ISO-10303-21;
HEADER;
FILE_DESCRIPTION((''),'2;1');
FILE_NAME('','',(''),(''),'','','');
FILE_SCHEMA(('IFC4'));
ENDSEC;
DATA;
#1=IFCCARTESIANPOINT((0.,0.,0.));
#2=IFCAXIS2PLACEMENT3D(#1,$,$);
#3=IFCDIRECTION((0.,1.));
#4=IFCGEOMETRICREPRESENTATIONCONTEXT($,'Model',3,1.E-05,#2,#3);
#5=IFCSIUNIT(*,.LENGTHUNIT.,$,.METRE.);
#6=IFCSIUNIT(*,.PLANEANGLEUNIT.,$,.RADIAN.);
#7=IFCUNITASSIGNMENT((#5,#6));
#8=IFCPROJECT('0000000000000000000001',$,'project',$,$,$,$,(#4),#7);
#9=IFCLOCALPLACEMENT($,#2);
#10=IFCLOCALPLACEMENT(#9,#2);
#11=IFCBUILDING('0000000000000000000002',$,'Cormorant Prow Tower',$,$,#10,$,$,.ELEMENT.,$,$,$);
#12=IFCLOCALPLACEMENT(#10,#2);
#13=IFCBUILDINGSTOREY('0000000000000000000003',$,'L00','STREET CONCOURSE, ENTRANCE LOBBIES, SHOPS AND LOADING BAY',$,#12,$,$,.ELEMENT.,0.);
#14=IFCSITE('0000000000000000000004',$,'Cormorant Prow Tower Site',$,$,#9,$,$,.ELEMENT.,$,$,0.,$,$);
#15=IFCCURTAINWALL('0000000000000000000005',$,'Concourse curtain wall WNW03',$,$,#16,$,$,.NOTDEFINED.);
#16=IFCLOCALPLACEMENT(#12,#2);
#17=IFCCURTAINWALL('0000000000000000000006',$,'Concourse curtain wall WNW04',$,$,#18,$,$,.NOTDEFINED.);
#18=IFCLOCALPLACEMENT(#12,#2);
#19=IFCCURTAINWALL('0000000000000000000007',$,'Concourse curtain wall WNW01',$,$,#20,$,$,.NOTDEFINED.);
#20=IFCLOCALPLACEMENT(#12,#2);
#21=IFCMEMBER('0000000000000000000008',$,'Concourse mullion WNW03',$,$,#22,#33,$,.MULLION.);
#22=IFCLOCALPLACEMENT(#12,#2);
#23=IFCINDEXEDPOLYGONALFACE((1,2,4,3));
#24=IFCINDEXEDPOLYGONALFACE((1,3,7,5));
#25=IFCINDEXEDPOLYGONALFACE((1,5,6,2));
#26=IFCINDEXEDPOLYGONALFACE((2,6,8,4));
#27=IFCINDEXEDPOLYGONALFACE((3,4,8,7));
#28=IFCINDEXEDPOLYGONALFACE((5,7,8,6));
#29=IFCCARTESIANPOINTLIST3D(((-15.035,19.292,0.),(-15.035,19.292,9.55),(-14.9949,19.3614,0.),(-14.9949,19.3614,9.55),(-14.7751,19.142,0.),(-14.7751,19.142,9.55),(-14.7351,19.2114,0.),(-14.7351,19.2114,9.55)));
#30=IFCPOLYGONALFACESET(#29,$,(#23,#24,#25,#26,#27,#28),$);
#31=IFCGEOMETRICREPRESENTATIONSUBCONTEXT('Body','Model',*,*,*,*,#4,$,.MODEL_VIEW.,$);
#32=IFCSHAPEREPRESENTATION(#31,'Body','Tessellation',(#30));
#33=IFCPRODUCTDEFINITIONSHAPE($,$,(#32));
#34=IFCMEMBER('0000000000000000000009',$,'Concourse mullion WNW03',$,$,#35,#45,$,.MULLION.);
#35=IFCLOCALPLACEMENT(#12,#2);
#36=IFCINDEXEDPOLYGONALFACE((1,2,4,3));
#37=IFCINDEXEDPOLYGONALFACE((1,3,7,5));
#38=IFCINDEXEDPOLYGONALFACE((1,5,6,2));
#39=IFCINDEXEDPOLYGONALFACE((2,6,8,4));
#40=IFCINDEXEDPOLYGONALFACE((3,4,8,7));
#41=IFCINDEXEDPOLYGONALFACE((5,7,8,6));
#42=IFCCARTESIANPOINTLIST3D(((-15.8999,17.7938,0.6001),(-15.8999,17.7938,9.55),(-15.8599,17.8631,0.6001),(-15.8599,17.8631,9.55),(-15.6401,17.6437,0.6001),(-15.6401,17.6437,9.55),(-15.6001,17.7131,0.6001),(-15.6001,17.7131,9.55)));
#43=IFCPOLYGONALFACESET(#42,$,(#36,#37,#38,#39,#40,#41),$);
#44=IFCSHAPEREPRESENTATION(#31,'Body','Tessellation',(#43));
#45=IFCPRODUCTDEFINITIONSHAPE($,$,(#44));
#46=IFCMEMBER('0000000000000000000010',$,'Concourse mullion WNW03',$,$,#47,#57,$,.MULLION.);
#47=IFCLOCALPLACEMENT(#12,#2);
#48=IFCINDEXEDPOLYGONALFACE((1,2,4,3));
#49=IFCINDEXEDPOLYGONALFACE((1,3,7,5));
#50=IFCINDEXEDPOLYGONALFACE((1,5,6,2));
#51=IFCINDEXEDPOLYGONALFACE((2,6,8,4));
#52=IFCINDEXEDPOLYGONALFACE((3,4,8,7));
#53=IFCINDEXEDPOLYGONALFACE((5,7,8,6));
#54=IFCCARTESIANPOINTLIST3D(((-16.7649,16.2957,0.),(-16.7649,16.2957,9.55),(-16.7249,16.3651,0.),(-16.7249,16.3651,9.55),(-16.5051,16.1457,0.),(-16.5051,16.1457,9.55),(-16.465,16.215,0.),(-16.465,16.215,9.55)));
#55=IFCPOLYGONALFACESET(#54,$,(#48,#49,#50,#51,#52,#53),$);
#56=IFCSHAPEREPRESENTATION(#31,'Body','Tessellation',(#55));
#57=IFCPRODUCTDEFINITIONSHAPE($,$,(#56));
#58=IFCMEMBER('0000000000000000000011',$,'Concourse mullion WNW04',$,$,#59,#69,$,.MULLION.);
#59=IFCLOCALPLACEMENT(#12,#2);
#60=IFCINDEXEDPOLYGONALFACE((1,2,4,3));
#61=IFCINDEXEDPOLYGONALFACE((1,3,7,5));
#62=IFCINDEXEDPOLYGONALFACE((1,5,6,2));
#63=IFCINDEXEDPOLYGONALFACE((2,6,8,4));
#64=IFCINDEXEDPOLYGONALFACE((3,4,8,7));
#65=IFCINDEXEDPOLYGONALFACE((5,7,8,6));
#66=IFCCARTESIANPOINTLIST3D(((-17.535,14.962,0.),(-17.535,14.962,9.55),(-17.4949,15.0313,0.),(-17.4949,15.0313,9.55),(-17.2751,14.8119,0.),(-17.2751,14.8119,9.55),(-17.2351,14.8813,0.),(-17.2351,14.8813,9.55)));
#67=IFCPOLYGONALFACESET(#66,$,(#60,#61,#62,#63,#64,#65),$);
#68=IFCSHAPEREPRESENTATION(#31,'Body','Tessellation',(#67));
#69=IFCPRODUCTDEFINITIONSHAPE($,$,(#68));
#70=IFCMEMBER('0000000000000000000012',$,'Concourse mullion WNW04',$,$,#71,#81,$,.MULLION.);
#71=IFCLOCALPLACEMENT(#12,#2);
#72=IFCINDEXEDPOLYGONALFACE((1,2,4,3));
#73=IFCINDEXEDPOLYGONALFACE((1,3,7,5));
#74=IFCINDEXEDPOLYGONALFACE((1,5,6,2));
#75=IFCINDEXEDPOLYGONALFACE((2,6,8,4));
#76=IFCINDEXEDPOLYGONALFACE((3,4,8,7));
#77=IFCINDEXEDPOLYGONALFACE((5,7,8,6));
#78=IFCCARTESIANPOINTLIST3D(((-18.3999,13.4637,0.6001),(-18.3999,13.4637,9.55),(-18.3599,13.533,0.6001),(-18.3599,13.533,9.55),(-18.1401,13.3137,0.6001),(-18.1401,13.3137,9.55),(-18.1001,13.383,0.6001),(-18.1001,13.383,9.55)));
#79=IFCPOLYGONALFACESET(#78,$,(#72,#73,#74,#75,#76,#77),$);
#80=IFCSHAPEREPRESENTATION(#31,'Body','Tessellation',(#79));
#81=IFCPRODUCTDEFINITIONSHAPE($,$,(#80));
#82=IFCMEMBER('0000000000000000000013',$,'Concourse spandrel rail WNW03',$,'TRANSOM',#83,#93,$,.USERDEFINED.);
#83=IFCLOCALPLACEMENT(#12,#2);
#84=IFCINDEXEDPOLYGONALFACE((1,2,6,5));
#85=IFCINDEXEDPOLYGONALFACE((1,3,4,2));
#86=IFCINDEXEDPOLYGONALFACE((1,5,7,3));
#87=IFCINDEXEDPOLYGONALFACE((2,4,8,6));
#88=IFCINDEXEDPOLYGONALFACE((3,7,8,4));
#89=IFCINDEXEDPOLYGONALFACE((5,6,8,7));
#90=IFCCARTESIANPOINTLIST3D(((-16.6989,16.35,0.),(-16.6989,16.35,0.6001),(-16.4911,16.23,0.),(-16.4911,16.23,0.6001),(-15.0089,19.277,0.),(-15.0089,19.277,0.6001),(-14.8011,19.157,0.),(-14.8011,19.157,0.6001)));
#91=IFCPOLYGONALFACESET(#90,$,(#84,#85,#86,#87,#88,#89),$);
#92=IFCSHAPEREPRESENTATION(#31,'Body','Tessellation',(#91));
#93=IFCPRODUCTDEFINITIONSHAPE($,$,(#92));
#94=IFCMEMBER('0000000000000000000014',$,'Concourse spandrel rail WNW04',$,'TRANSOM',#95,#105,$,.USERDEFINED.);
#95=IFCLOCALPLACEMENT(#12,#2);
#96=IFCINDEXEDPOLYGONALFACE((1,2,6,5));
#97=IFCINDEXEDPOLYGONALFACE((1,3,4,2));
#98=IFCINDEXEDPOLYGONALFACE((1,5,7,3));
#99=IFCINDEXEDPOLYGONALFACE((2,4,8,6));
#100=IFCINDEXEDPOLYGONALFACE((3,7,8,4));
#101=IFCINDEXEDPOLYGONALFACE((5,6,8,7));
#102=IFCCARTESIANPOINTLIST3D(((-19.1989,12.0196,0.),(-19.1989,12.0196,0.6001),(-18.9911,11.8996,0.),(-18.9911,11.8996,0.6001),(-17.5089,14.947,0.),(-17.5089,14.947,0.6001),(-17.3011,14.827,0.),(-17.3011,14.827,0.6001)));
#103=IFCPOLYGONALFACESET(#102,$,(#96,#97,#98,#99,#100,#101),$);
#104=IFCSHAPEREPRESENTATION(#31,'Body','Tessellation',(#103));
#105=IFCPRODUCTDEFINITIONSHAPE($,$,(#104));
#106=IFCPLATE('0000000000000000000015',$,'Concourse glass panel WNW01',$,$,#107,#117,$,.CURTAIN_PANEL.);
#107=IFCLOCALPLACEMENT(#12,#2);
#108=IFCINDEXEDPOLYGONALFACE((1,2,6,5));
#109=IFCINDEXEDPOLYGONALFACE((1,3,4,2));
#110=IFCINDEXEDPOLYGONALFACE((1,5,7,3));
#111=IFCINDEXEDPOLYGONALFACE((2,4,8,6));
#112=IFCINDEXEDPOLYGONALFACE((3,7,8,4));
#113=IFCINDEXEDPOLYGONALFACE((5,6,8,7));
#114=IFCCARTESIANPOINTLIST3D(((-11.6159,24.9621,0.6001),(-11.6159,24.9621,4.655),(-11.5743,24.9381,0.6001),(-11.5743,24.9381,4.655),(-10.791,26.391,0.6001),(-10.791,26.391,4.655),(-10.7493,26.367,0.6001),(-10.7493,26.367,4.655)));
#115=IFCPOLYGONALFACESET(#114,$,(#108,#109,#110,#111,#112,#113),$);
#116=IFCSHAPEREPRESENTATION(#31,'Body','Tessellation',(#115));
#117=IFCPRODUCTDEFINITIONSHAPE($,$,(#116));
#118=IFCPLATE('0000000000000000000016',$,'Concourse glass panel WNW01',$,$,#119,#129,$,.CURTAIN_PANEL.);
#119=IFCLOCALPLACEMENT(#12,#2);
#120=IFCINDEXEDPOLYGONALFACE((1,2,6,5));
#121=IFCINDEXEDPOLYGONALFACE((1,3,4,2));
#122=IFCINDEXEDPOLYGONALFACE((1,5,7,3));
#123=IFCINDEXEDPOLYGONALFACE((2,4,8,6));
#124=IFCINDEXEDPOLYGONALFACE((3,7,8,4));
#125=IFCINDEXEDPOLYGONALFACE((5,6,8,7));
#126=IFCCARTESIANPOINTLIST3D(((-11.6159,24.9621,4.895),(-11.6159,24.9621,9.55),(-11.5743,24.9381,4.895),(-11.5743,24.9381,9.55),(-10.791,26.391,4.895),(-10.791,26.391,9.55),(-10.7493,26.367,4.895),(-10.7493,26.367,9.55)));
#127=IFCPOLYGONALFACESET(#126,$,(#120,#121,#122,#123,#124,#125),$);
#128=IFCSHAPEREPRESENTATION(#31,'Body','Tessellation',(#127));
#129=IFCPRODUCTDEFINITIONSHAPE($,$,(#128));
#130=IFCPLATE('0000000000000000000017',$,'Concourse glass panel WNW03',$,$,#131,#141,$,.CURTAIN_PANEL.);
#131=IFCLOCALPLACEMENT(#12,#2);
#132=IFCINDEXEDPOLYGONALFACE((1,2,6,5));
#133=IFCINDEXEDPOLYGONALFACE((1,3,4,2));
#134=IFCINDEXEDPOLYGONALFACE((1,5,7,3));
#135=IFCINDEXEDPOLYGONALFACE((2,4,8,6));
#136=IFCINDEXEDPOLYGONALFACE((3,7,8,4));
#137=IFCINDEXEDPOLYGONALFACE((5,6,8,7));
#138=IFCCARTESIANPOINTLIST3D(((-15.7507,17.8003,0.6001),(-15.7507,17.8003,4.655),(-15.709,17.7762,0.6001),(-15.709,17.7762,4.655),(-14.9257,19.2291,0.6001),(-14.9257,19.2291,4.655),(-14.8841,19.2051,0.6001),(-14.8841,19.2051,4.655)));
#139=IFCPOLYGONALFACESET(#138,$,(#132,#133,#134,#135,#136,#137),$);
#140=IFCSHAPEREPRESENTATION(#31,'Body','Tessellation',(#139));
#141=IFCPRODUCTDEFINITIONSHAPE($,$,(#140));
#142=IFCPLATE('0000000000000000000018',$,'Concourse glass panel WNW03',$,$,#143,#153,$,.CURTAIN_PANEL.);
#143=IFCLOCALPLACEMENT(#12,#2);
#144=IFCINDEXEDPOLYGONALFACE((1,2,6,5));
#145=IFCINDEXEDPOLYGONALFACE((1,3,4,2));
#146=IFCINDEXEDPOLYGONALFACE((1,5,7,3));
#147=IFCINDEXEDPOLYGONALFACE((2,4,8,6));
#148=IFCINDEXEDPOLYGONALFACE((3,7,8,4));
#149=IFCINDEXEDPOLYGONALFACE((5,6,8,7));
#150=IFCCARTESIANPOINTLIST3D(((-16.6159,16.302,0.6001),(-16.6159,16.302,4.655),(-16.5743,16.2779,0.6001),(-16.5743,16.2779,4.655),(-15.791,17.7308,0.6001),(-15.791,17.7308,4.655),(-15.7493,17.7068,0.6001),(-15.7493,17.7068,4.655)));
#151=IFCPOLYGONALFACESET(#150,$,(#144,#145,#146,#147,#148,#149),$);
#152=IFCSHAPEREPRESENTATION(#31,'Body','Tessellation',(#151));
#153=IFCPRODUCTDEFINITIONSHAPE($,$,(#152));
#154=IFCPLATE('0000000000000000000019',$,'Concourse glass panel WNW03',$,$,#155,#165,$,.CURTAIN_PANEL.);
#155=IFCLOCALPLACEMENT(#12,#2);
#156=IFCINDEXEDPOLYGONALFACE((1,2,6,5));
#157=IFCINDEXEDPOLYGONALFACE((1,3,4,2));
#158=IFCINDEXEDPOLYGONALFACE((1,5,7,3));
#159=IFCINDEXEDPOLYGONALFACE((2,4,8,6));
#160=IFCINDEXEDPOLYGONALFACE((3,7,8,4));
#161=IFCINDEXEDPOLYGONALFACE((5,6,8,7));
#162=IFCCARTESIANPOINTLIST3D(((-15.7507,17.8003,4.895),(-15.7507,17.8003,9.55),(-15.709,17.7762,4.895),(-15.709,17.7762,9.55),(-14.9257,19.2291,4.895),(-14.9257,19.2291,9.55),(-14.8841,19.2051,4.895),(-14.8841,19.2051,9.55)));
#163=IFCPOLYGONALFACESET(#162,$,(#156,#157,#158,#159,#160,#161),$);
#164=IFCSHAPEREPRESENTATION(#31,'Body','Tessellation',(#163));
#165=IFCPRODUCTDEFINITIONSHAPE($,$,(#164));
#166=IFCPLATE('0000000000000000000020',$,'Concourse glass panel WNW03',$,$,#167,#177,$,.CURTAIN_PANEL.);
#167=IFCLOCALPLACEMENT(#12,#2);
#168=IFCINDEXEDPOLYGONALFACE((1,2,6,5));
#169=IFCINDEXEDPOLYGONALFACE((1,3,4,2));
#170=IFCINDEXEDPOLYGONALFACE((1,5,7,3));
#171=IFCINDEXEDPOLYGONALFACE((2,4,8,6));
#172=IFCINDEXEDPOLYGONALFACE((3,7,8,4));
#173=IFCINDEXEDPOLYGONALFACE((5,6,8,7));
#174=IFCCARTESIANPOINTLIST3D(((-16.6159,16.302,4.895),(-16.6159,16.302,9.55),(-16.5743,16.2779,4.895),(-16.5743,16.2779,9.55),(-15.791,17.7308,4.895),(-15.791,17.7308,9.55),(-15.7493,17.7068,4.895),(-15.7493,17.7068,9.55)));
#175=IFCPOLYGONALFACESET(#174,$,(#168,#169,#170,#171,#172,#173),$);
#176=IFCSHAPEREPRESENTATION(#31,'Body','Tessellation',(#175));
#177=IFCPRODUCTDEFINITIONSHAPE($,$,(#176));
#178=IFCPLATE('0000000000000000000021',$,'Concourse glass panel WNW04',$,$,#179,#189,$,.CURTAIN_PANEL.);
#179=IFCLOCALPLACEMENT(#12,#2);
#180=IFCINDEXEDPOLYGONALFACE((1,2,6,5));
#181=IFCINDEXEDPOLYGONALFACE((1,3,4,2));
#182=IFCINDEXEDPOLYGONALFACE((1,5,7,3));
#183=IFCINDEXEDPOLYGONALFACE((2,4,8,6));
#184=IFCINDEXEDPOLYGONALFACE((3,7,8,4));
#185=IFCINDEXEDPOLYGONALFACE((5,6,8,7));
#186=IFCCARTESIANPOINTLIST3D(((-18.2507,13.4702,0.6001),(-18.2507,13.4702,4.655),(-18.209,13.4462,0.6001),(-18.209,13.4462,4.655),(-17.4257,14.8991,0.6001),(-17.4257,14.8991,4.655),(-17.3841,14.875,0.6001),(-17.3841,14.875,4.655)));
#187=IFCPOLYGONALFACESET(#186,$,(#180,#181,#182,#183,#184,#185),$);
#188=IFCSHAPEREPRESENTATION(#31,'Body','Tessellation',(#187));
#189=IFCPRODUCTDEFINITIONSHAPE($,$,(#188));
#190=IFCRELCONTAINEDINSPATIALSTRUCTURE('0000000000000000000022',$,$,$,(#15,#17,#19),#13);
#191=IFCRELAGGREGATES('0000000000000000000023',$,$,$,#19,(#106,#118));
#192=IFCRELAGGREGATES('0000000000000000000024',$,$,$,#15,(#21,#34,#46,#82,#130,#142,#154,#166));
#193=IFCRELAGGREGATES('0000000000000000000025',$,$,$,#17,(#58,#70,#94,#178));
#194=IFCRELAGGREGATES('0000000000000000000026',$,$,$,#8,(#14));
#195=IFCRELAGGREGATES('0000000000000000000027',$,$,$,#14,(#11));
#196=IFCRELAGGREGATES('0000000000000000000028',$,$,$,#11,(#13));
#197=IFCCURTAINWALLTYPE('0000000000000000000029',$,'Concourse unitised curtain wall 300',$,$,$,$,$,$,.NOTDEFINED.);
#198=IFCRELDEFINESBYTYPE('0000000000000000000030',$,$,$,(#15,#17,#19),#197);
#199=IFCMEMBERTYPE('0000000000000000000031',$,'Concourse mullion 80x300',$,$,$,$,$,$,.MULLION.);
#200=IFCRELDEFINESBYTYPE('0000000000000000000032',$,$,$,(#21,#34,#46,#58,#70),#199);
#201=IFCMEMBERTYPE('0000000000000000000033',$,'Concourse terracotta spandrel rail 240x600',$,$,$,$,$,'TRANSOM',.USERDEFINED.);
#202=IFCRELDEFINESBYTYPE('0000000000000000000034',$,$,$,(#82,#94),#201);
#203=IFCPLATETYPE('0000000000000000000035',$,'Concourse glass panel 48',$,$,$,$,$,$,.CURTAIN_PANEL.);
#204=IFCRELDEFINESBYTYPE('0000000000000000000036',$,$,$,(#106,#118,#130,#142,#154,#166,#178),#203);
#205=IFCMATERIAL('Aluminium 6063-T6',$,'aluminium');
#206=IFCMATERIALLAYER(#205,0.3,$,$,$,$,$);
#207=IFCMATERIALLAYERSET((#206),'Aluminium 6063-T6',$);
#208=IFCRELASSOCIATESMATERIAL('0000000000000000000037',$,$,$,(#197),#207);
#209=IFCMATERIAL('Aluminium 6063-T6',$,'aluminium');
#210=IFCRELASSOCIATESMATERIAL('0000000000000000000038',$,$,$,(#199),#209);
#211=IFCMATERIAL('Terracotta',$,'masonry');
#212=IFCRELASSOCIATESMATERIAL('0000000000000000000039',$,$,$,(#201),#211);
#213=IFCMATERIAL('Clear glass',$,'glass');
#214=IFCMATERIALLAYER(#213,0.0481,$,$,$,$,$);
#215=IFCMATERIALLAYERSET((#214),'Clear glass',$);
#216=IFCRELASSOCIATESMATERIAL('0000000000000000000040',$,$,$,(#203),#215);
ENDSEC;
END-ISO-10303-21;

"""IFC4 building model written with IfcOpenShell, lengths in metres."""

from ifc_helpers import new_model, si_unit, direction, frame, origin, origin_2d, place, context, subcontext, project, spatial, rectangle, extrude, material, layer, layer_set, material_profile, profile_set, type_object, element, aggregate, save


model = new_model("IFC4")

# Units and contexts
model_context = context("Model", 3, precision=1e-05, world=origin(), true_north=direction((0.0, 1.0)))
body_context = subcontext(model_context, "Body", "Model", "MODEL_VIEW")
ifc_project = project(units=[si_unit("LENGTHUNIT", "METRE"), si_unit("PLANEANGLEUNIT", "RADIAN")], contexts=[model_context])

# Site, building, storey
site_placement = place(None, origin())
site = spatial("IfcSite", under=ifc_project, at=site_placement, Name="Cormorant Prow Tower Site", CompositionType="ELEMENT", RefElevation=0.0)
building_placement = place(site_placement, origin())
building = spatial("IfcBuilding", under=site, at=building_placement, Name="Cormorant Prow Tower", CompositionType="ELEMENT")
storey_placement = place(building_placement, origin())
storey = spatial("IfcBuildingStorey", under=building, at=storey_placement, Name="L00", Description="STREET CONCOURSE, ENTRANCE LOBBIES, SHOPS AND LOADING BAY", CompositionType="ELEMENT", Elevation=0.0)

# Curtain walls
ifc_material_1 = material(Name="Aluminium 6063-T6", Category="aluminium")
ifc_layer_1 = layer(ifc_material_1, 0.3)
ifc_layer_set_1 = layer_set([ifc_layer_1], Name="Aluminium 6063-T6")
curtain_wall_type = type_object("IfcCurtainWallType", Name="Concourse unitised curtain wall 300", PredefinedType="NOTDEFINED", material=ifc_layer_set_1)
curtain_wall_1_placement = place(storey_placement, origin())
curtain_wall_1 = element("IfcCurtainWall", 1, at=curtain_wall_1_placement, inside=storey, type_object=curtain_wall_type, Name="Concourse curtain wall WNW03", PredefinedType="NOTDEFINED")
curtain_wall_2_placement = place(storey_placement, origin())
curtain_wall_2 = element("IfcCurtainWall", 2, at=curtain_wall_2_placement, inside=storey, type_object=curtain_wall_type, Name="Concourse curtain wall WNW04", PredefinedType="NOTDEFINED")

# Curtain wall
curtain_wall_3_placement = place(storey_placement, origin())
curtain_wall_3 = element("IfcCurtainWall", 3, at=curtain_wall_3_placement, inside=storey, type_object=curtain_wall_type, Name="Concourse curtain wall WNW01", PredefinedType="NOTDEFINED")
ifc_material_2 = material(Name="Aluminium 6063-T6", Category="aluminium")
ifc_material_profile_1 = material_profile(ifc_material_2, rectangle(XDim=0.3, YDim=0.0801, at=origin_2d()), Name="Concourse mullion 80x300")
ifc_profile_set_1 = profile_set([ifc_material_profile_1], Name="Aluminium 6063-T6")
member_type_1 = type_object("IfcMemberType", Name="Concourse mullion 80x300", PredefinedType="MULLION", material=ifc_profile_set_1)

# Members
member_1_placement = place(storey_placement, frame((-14.885, 19.2517, 0.0), z_axis=(0.0, 0.0, 1.0), x_axis=(0.866025, -0.5, 0.0)))
member_1 = element("IfcMember", 4, at=member_1_placement, type_object=member_type_1, Name="Concourse mullion WNW03", PredefinedType="MULLION", context=body_context, shape_type="SweptSolid", body=[
    extrude(rectangle(XDim=0.3, YDim=0.0801, at=origin_2d()), origin(), (0.0, 0.0, 1.0), 9.55),
])
member_2_placement = place(storey_placement, frame((-15.75, 17.7534, 0.6001), z_axis=(0.0, 0.0, 1.0), x_axis=(0.866025, -0.5, 0.0)))
member_2 = element("IfcMember", 5, at=member_2_placement, type_object=member_type_1, Name="Concourse mullion WNW03", PredefinedType="MULLION", context=body_context, shape_type="SweptSolid", body=[
    extrude(rectangle(XDim=0.3, YDim=0.0801, at=origin_2d()), origin(), (0.0, 0.0, 1.0), 8.95),
])
member_3_placement = place(storey_placement, frame((-16.615, 16.2554, 0.0), z_axis=(0.0, 0.0, 1.0), x_axis=(0.866025, -0.5, 0.0)))
member_3 = element("IfcMember", 6, at=member_3_placement, type_object=member_type_1, Name="Concourse mullion WNW03", PredefinedType="MULLION", context=body_context, shape_type="SweptSolid", body=[
    extrude(rectangle(XDim=0.3, YDim=0.0801, at=origin_2d()), origin(), (0.0, 0.0, 1.0), 9.55),
])
member_4_placement = place(storey_placement, frame((-17.385, 14.9216, 0.0), z_axis=(0.0, 0.0, 1.0), x_axis=(0.866025, -0.5, 0.0)))
member_4 = element("IfcMember", 7, at=member_4_placement, type_object=member_type_1, Name="Concourse mullion WNW04", PredefinedType="MULLION", context=body_context, shape_type="SweptSolid", body=[
    extrude(rectangle(XDim=0.3, YDim=0.0801, at=origin_2d()), origin(), (0.0, 0.0, 1.0), 9.55),
])
member_5_placement = place(storey_placement, frame((-18.25, 13.4233, 0.6001), z_axis=(0.0, 0.0, 1.0), x_axis=(0.866025, -0.5, 0.0)))
member_5 = element("IfcMember", 8, at=member_5_placement, type_object=member_type_1, Name="Concourse mullion WNW04", PredefinedType="MULLION", context=body_context, shape_type="SweptSolid", body=[
    extrude(rectangle(XDim=0.3, YDim=0.0801, at=origin_2d()), origin(), (0.0, 0.0, 1.0), 8.95),
])
ifc_material_3 = material(Name="Terracotta", Category="masonry")
ifc_material_profile_2 = material_profile(ifc_material_3, rectangle(XDim=0.24, YDim=0.6001, at=origin_2d()), Name="Concourse terracotta spandrel rail 240x600")
ifc_profile_set_2 = profile_set([ifc_material_profile_2], Name="Terracotta")
member_type_2 = type_object("IfcMemberType", Name="Concourse terracotta spandrel rail 240x600", ElementType="TRANSOM", PredefinedType="USERDEFINED", material=ifc_profile_set_2)
member_6_placement = place(storey_placement, frame((-14.905, 19.217, 0.3), z_axis=(-0.500008, -0.866021, 0.0), x_axis=(0.866021, -0.500008, 0.0)))
member_6 = element("IfcMember", 9, at=member_6_placement, type_object=member_type_2, Name="Concourse spandrel rail WNW03", ObjectType="TRANSOM", PredefinedType="USERDEFINED", context=body_context, shape_type="SweptSolid", body=[
    extrude(rectangle(XDim=0.24, YDim=0.6001, at=origin_2d()), origin(), (0.0, 0.0, 1.0), 3.3799),
])
member_7_placement = place(storey_placement, frame((-17.405, 14.887, 0.3), z_axis=(-0.499977, -0.866039, 0.0), x_axis=(0.866039, -0.499977, 0.0)))
member_7 = element("IfcMember", 10, at=member_7_placement, type_object=member_type_2, Name="Concourse spandrel rail WNW04", ObjectType="TRANSOM", PredefinedType="USERDEFINED", context=body_context, shape_type="SweptSolid", body=[
    extrude(rectangle(XDim=0.24, YDim=0.6001, at=origin_2d()), origin(), (0.0, 0.0, 1.0), 3.3801),
])

# Plates
ifc_material_4 = material(Name="Clear glass", Category="glass")
ifc_layer_2 = layer(ifc_material_4, 0.0481)
ifc_layer_set_2 = layer_set([ifc_layer_2], Name="Clear glass")
plate_type = type_object("IfcPlateType", Name="Concourse glass panel 48", PredefinedType="CURTAIN_PANEL", material=ifc_layer_set_2)
plate_1_placement = place(storey_placement, frame((-11.1826, 25.6646, 0.6001), z_axis=(0.0, 0.0, 1.0), x_axis=(-0.5, -0.866025, 0.0)))
plate_1 = element("IfcPlate", 11, at=plate_1_placement, type_object=plate_type, Name="Concourse glass panel WNW01", PredefinedType="CURTAIN_PANEL", context=body_context, shape_type="SweptSolid", body=[
    extrude(rectangle(XDim=1.6499, YDim=0.0481, at=origin_2d()), origin(), (0.0, 0.0, 1.0), 4.0549),
])
plate_2_placement = place(storey_placement, frame((-11.1826, 25.6646, 4.895), z_axis=(0.0, 0.0, 1.0), x_axis=(-0.5, -0.866025, 0.0)))
plate_2 = element("IfcPlate", 12, at=plate_2_placement, type_object=plate_type, Name="Concourse glass panel WNW01", PredefinedType="CURTAIN_PANEL", context=body_context, shape_type="SweptSolid", body=[
    extrude(rectangle(XDim=1.6499, YDim=0.0481, at=origin_2d()), origin(), (0.0, 0.0, 1.0), 4.655),
])
aggregate(curtain_wall_3, [plate_1, plate_2])
plate_3_placement = place(storey_placement, frame((-15.3174, 18.5027, 0.6001), z_axis=(0.0, 0.0, 1.0), x_axis=(-0.5, -0.866025, 0.0)))
plate_3 = element("IfcPlate", 13, at=plate_3_placement, type_object=plate_type, Name="Concourse glass panel WNW03", PredefinedType="CURTAIN_PANEL", context=body_context, shape_type="SweptSolid", body=[
    extrude(rectangle(XDim=1.6499, YDim=0.0481, at=origin_2d()), origin(), (0.0, 0.0, 1.0), 4.0549),
])
plate_4_placement = place(storey_placement, frame((-16.1826, 17.0044, 0.6001), z_axis=(0.0, 0.0, 1.0), x_axis=(-0.5, -0.866025, 0.0)))
plate_4 = element("IfcPlate", 14, at=plate_4_placement, type_object=plate_type, Name="Concourse glass panel WNW03", PredefinedType="CURTAIN_PANEL", context=body_context, shape_type="SweptSolid", body=[
    extrude(rectangle(XDim=1.6499, YDim=0.0481, at=origin_2d()), origin(), (0.0, 0.0, 1.0), 4.0549),
])
plate_5_placement = place(storey_placement, frame((-15.3174, 18.5027, 4.895), z_axis=(0.0, 0.0, 1.0), x_axis=(-0.5, -0.866025, 0.0)))
plate_5 = element("IfcPlate", 15, at=plate_5_placement, type_object=plate_type, Name="Concourse glass panel WNW03", PredefinedType="CURTAIN_PANEL", context=body_context, shape_type="SweptSolid", body=[
    extrude(rectangle(XDim=1.6499, YDim=0.0481, at=origin_2d()), origin(), (0.0, 0.0, 1.0), 4.655),
])
plate_6_placement = place(storey_placement, frame((-16.1826, 17.0044, 4.895), z_axis=(0.0, 0.0, 1.0), x_axis=(-0.5, -0.866025, 0.0)))
plate_6 = element("IfcPlate", 16, at=plate_6_placement, type_object=plate_type, Name="Concourse glass panel WNW03", PredefinedType="CURTAIN_PANEL", context=body_context, shape_type="SweptSolid", body=[
    extrude(rectangle(XDim=1.6499, YDim=0.0481, at=origin_2d()), origin(), (0.0, 0.0, 1.0), 4.655),
])
aggregate(curtain_wall_1, [member_1, member_2, member_3, member_6, plate_3, plate_4, plate_5, plate_6])
plate_7_placement = place(storey_placement, frame((-17.8174, 14.1726, 0.6001), z_axis=(0.0, 0.0, 1.0), x_axis=(-0.5, -0.866025, 0.0)))
plate_7 = element("IfcPlate", 17, at=plate_7_placement, type_object=plate_type, Name="Concourse glass panel WNW04", PredefinedType="CURTAIN_PANEL", context=body_context, shape_type="SweptSolid", body=[
    extrude(rectangle(XDim=1.6499, YDim=0.0481, at=origin_2d()), origin(), (0.0, 0.0, 1.0), 4.0549),
])
aggregate(curtain_wall_2, [member_4, member_5, member_7, plate_7])

save(model, "model.ifc")
